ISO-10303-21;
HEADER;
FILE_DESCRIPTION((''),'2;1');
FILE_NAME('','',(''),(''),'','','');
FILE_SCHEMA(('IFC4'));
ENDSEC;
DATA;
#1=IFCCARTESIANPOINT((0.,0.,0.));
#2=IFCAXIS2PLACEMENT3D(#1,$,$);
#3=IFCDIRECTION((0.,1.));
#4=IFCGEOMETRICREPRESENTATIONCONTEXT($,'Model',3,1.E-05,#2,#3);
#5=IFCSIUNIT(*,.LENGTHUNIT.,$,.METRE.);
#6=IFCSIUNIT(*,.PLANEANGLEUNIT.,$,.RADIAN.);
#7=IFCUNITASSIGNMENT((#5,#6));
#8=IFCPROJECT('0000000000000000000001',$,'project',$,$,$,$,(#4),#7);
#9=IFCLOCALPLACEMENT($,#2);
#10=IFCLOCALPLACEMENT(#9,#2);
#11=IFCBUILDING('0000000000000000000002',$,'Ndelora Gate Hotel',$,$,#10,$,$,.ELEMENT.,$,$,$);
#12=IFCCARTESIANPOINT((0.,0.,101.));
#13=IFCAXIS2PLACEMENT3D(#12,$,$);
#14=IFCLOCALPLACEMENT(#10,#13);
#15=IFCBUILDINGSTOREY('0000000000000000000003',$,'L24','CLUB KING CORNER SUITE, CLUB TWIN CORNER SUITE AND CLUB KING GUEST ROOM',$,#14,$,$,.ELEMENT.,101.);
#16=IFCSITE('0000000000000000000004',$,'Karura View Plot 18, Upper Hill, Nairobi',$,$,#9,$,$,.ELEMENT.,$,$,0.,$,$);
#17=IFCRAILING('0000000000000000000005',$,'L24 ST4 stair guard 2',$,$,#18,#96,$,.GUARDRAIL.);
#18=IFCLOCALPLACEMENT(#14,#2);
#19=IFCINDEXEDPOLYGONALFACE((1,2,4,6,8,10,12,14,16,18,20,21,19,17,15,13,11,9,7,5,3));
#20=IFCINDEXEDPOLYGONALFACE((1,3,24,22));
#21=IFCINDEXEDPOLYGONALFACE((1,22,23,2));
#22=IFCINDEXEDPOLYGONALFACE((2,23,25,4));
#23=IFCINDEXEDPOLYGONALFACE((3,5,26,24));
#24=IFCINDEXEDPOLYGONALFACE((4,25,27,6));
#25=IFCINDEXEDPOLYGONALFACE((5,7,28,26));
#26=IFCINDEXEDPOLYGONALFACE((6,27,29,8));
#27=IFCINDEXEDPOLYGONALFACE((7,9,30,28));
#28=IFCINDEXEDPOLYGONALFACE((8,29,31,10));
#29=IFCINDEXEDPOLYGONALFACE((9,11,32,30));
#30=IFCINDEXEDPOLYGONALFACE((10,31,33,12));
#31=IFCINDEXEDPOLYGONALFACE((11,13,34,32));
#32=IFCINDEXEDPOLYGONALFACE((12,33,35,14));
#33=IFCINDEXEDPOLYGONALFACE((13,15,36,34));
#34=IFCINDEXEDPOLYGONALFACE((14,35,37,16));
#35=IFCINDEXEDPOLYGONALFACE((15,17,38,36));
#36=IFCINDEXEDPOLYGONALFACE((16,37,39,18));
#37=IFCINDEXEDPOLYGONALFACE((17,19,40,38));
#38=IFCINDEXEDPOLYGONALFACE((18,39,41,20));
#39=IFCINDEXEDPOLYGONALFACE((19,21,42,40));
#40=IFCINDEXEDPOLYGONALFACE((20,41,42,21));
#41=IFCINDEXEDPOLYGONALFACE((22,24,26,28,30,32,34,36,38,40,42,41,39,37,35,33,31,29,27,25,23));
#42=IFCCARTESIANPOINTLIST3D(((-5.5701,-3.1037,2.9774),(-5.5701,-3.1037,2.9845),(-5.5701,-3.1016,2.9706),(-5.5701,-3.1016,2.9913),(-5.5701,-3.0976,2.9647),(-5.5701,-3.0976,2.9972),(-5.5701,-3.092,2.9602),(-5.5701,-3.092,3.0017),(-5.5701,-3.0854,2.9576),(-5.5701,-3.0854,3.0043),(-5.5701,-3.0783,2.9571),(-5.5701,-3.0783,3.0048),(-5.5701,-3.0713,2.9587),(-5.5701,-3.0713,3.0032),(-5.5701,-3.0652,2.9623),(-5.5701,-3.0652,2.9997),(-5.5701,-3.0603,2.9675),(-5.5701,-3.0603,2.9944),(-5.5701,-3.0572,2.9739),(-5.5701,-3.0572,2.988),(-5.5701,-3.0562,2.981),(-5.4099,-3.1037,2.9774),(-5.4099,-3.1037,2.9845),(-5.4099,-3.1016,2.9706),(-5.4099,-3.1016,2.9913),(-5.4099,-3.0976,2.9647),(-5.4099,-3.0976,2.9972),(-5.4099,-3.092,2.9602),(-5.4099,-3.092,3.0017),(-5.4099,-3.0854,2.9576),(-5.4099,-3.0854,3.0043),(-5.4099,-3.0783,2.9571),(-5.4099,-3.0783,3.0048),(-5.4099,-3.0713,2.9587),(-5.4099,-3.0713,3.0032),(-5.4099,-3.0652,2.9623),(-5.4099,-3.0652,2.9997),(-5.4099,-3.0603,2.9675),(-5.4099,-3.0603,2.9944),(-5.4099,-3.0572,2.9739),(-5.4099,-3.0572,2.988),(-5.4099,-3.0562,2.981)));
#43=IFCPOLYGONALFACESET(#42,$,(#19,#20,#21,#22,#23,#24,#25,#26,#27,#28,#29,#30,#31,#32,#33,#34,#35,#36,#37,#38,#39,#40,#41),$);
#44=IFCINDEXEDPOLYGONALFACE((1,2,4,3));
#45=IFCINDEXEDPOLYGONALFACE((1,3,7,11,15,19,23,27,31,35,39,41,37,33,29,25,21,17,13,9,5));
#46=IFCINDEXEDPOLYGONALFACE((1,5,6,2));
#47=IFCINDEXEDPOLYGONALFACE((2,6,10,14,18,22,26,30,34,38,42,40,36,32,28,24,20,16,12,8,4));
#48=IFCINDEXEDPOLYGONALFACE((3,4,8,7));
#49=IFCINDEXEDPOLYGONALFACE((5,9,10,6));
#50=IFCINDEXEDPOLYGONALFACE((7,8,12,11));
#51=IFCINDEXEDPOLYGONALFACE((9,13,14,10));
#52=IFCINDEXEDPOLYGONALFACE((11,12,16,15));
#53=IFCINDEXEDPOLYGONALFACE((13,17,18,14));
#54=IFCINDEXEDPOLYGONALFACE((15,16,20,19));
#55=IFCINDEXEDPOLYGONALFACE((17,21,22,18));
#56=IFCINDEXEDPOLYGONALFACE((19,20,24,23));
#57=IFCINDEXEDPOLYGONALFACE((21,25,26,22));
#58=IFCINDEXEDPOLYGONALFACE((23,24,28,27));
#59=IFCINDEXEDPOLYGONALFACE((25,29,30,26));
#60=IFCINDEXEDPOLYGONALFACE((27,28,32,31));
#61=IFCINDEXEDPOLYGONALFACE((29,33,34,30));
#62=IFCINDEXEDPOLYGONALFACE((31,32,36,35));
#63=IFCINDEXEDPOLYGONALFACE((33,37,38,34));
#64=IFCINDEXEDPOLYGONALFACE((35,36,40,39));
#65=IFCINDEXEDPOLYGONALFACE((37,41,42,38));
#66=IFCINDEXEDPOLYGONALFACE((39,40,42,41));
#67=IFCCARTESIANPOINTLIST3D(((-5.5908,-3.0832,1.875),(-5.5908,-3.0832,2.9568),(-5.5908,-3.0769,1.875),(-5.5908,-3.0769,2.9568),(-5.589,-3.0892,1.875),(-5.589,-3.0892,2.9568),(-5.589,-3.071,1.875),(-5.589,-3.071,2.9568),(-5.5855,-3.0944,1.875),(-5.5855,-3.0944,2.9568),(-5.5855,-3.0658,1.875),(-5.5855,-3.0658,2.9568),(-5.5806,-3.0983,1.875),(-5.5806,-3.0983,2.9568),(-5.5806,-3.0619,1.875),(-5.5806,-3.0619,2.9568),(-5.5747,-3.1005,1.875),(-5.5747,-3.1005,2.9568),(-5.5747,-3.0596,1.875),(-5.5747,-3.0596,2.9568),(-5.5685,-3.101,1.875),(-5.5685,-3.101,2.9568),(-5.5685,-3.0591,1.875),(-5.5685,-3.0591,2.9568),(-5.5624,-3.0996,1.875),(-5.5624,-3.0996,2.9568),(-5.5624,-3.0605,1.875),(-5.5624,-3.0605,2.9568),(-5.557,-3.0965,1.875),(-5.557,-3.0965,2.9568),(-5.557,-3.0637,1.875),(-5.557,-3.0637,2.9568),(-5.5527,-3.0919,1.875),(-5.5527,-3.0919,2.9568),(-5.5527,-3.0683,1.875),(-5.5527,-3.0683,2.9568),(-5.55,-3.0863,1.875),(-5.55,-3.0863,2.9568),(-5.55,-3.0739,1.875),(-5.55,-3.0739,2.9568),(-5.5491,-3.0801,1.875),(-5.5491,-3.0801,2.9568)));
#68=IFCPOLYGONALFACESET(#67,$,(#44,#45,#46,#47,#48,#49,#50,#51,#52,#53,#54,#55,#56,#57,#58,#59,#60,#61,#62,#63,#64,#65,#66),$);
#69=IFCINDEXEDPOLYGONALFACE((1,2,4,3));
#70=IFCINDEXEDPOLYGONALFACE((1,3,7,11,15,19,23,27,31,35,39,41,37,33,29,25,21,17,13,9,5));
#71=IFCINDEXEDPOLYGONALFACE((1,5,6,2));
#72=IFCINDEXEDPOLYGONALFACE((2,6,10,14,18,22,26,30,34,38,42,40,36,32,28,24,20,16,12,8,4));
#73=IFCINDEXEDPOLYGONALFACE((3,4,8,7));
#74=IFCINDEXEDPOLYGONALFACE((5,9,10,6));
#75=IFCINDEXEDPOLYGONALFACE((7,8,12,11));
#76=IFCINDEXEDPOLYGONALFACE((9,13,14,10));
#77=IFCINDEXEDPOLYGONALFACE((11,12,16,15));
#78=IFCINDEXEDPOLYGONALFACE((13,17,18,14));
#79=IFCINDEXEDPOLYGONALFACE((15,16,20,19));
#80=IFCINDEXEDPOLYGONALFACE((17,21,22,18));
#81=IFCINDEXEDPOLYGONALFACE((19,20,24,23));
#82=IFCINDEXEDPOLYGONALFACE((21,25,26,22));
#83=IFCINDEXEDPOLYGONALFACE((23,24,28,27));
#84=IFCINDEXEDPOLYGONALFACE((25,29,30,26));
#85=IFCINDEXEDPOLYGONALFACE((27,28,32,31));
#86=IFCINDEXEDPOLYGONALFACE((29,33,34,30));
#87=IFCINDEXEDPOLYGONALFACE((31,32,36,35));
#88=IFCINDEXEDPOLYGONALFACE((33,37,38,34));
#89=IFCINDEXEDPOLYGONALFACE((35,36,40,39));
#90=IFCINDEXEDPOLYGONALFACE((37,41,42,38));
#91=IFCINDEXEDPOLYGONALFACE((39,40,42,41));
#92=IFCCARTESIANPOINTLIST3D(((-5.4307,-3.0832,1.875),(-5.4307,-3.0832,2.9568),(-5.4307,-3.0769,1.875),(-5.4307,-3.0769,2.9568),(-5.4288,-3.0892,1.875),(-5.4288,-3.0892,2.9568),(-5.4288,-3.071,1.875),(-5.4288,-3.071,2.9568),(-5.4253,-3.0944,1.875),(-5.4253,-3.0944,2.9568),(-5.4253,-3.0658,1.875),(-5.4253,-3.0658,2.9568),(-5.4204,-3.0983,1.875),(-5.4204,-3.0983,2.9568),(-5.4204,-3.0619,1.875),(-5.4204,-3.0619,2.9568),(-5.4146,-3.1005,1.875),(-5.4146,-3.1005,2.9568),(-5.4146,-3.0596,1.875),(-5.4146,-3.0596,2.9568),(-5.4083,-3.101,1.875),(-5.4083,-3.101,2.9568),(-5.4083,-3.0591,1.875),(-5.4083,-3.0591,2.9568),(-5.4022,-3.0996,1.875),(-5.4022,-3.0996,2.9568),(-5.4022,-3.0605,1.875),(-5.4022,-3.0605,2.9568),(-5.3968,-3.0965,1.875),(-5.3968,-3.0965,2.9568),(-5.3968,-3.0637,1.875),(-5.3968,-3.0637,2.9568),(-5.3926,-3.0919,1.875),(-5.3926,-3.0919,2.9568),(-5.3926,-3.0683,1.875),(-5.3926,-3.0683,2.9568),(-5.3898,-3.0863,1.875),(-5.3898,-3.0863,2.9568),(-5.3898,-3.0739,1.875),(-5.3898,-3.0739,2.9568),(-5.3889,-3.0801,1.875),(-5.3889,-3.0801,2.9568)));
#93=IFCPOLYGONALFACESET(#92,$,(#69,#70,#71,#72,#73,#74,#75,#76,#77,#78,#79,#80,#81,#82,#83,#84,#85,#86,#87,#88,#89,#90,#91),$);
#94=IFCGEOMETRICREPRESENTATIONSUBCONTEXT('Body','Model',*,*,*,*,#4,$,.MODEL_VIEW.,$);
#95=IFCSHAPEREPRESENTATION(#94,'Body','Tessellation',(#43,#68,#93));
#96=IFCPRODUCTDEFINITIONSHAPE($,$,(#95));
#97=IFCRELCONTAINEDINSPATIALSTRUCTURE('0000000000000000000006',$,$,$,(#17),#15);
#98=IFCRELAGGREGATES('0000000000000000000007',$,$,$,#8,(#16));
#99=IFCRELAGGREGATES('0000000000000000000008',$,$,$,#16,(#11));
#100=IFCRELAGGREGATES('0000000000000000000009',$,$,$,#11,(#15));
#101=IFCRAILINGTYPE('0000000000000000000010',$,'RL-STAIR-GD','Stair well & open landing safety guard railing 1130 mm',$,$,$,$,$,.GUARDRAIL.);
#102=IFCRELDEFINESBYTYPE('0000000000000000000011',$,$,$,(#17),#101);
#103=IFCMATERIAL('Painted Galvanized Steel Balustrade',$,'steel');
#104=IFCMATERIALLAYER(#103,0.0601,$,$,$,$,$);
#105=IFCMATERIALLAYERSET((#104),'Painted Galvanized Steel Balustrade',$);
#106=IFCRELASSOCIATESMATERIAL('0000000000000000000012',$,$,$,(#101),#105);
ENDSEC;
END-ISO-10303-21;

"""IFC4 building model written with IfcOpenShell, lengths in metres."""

from ifc_helpers import new_model, si_unit, direction, frame, origin, origin_2d, place, context, subcontext, project, spatial, circle, extrude, material, layer, layer_set, type_object, element, save


model = new_model("IFC4")

# Units and contexts
model_context = context("Model", 3, precision=1e-05, world=origin(), true_north=direction((0.0, 1.0)))
body_context = subcontext(model_context, "Body", "Model", "MODEL_VIEW")
ifc_project = project(units=[si_unit("LENGTHUNIT", "METRE"), si_unit("PLANEANGLEUNIT", "RADIAN")], contexts=[model_context])

# Site, building, storey
site_placement = place(None, origin())
site = spatial("IfcSite", under=ifc_project, at=site_placement, Name="Karura View Plot 18, Upper Hill, Nairobi", CompositionType="ELEMENT", RefElevation=0.0)
building_placement = place(site_placement, origin())
building = spatial("IfcBuilding", under=site, at=building_placement, Name="Ndelora Gate Hotel", CompositionType="ELEMENT")
storey_placement = place(building_placement, frame((0.0, 0.0, 101.0)))
storey = spatial("IfcBuildingStorey", under=building, at=storey_placement, Name="L24", Description="CLUB KING CORNER SUITE, CLUB TWIN CORNER SUITE AND CLUB KING GUEST ROOM", CompositionType="ELEMENT", Elevation=101.0)

# Railing
ifc_material_1 = material(Name="Painted Galvanized Steel Balustrade", Category="steel")
ifc_layer_1 = layer(ifc_material_1, 0.0601)
ifc_layer_set_1 = layer_set([ifc_layer_1], Name="Painted Galvanized Steel Balustrade")
railing_type_1 = type_object("IfcRailingType", Name="RL-STAIR-GD", Description="Stair well & open landing safety guard railing 1130 mm", PredefinedType="GUARDRAIL", material=ifc_layer_set_1)
railing_1_placement = place(storey_placement, frame((-5.5701, -3.0801, 1.875)))
element("IfcRailing", 1, at=railing_1_placement, inside=storey, type_object=railing_type_1, Name="L24 ST4 stair guard 2", PredefinedType="GUARDRAIL", context=body_context, shape_type="SweptSolid", body=[
    extrude(circle(Radius=0.0239, at=origin_2d()), frame((0.0, 0.0, 1.106), z_axis=(1.0, 0.0, 0.0), x_axis=(0.0, 1.0, 0.0)), (0.0, 0.0, 1.0), 0.1602),
    extrude(circle(Radius=0.021, at=origin_2d()), origin(), (0.0, 0.0, 1.0), 1.0818),
    extrude(circle(Radius=0.021, at=origin_2d()), frame((0.1602, 0.0, 0.0)), (0.0, 0.0, 1.0), 1.0818),
])

save(model, "model.ifc")
